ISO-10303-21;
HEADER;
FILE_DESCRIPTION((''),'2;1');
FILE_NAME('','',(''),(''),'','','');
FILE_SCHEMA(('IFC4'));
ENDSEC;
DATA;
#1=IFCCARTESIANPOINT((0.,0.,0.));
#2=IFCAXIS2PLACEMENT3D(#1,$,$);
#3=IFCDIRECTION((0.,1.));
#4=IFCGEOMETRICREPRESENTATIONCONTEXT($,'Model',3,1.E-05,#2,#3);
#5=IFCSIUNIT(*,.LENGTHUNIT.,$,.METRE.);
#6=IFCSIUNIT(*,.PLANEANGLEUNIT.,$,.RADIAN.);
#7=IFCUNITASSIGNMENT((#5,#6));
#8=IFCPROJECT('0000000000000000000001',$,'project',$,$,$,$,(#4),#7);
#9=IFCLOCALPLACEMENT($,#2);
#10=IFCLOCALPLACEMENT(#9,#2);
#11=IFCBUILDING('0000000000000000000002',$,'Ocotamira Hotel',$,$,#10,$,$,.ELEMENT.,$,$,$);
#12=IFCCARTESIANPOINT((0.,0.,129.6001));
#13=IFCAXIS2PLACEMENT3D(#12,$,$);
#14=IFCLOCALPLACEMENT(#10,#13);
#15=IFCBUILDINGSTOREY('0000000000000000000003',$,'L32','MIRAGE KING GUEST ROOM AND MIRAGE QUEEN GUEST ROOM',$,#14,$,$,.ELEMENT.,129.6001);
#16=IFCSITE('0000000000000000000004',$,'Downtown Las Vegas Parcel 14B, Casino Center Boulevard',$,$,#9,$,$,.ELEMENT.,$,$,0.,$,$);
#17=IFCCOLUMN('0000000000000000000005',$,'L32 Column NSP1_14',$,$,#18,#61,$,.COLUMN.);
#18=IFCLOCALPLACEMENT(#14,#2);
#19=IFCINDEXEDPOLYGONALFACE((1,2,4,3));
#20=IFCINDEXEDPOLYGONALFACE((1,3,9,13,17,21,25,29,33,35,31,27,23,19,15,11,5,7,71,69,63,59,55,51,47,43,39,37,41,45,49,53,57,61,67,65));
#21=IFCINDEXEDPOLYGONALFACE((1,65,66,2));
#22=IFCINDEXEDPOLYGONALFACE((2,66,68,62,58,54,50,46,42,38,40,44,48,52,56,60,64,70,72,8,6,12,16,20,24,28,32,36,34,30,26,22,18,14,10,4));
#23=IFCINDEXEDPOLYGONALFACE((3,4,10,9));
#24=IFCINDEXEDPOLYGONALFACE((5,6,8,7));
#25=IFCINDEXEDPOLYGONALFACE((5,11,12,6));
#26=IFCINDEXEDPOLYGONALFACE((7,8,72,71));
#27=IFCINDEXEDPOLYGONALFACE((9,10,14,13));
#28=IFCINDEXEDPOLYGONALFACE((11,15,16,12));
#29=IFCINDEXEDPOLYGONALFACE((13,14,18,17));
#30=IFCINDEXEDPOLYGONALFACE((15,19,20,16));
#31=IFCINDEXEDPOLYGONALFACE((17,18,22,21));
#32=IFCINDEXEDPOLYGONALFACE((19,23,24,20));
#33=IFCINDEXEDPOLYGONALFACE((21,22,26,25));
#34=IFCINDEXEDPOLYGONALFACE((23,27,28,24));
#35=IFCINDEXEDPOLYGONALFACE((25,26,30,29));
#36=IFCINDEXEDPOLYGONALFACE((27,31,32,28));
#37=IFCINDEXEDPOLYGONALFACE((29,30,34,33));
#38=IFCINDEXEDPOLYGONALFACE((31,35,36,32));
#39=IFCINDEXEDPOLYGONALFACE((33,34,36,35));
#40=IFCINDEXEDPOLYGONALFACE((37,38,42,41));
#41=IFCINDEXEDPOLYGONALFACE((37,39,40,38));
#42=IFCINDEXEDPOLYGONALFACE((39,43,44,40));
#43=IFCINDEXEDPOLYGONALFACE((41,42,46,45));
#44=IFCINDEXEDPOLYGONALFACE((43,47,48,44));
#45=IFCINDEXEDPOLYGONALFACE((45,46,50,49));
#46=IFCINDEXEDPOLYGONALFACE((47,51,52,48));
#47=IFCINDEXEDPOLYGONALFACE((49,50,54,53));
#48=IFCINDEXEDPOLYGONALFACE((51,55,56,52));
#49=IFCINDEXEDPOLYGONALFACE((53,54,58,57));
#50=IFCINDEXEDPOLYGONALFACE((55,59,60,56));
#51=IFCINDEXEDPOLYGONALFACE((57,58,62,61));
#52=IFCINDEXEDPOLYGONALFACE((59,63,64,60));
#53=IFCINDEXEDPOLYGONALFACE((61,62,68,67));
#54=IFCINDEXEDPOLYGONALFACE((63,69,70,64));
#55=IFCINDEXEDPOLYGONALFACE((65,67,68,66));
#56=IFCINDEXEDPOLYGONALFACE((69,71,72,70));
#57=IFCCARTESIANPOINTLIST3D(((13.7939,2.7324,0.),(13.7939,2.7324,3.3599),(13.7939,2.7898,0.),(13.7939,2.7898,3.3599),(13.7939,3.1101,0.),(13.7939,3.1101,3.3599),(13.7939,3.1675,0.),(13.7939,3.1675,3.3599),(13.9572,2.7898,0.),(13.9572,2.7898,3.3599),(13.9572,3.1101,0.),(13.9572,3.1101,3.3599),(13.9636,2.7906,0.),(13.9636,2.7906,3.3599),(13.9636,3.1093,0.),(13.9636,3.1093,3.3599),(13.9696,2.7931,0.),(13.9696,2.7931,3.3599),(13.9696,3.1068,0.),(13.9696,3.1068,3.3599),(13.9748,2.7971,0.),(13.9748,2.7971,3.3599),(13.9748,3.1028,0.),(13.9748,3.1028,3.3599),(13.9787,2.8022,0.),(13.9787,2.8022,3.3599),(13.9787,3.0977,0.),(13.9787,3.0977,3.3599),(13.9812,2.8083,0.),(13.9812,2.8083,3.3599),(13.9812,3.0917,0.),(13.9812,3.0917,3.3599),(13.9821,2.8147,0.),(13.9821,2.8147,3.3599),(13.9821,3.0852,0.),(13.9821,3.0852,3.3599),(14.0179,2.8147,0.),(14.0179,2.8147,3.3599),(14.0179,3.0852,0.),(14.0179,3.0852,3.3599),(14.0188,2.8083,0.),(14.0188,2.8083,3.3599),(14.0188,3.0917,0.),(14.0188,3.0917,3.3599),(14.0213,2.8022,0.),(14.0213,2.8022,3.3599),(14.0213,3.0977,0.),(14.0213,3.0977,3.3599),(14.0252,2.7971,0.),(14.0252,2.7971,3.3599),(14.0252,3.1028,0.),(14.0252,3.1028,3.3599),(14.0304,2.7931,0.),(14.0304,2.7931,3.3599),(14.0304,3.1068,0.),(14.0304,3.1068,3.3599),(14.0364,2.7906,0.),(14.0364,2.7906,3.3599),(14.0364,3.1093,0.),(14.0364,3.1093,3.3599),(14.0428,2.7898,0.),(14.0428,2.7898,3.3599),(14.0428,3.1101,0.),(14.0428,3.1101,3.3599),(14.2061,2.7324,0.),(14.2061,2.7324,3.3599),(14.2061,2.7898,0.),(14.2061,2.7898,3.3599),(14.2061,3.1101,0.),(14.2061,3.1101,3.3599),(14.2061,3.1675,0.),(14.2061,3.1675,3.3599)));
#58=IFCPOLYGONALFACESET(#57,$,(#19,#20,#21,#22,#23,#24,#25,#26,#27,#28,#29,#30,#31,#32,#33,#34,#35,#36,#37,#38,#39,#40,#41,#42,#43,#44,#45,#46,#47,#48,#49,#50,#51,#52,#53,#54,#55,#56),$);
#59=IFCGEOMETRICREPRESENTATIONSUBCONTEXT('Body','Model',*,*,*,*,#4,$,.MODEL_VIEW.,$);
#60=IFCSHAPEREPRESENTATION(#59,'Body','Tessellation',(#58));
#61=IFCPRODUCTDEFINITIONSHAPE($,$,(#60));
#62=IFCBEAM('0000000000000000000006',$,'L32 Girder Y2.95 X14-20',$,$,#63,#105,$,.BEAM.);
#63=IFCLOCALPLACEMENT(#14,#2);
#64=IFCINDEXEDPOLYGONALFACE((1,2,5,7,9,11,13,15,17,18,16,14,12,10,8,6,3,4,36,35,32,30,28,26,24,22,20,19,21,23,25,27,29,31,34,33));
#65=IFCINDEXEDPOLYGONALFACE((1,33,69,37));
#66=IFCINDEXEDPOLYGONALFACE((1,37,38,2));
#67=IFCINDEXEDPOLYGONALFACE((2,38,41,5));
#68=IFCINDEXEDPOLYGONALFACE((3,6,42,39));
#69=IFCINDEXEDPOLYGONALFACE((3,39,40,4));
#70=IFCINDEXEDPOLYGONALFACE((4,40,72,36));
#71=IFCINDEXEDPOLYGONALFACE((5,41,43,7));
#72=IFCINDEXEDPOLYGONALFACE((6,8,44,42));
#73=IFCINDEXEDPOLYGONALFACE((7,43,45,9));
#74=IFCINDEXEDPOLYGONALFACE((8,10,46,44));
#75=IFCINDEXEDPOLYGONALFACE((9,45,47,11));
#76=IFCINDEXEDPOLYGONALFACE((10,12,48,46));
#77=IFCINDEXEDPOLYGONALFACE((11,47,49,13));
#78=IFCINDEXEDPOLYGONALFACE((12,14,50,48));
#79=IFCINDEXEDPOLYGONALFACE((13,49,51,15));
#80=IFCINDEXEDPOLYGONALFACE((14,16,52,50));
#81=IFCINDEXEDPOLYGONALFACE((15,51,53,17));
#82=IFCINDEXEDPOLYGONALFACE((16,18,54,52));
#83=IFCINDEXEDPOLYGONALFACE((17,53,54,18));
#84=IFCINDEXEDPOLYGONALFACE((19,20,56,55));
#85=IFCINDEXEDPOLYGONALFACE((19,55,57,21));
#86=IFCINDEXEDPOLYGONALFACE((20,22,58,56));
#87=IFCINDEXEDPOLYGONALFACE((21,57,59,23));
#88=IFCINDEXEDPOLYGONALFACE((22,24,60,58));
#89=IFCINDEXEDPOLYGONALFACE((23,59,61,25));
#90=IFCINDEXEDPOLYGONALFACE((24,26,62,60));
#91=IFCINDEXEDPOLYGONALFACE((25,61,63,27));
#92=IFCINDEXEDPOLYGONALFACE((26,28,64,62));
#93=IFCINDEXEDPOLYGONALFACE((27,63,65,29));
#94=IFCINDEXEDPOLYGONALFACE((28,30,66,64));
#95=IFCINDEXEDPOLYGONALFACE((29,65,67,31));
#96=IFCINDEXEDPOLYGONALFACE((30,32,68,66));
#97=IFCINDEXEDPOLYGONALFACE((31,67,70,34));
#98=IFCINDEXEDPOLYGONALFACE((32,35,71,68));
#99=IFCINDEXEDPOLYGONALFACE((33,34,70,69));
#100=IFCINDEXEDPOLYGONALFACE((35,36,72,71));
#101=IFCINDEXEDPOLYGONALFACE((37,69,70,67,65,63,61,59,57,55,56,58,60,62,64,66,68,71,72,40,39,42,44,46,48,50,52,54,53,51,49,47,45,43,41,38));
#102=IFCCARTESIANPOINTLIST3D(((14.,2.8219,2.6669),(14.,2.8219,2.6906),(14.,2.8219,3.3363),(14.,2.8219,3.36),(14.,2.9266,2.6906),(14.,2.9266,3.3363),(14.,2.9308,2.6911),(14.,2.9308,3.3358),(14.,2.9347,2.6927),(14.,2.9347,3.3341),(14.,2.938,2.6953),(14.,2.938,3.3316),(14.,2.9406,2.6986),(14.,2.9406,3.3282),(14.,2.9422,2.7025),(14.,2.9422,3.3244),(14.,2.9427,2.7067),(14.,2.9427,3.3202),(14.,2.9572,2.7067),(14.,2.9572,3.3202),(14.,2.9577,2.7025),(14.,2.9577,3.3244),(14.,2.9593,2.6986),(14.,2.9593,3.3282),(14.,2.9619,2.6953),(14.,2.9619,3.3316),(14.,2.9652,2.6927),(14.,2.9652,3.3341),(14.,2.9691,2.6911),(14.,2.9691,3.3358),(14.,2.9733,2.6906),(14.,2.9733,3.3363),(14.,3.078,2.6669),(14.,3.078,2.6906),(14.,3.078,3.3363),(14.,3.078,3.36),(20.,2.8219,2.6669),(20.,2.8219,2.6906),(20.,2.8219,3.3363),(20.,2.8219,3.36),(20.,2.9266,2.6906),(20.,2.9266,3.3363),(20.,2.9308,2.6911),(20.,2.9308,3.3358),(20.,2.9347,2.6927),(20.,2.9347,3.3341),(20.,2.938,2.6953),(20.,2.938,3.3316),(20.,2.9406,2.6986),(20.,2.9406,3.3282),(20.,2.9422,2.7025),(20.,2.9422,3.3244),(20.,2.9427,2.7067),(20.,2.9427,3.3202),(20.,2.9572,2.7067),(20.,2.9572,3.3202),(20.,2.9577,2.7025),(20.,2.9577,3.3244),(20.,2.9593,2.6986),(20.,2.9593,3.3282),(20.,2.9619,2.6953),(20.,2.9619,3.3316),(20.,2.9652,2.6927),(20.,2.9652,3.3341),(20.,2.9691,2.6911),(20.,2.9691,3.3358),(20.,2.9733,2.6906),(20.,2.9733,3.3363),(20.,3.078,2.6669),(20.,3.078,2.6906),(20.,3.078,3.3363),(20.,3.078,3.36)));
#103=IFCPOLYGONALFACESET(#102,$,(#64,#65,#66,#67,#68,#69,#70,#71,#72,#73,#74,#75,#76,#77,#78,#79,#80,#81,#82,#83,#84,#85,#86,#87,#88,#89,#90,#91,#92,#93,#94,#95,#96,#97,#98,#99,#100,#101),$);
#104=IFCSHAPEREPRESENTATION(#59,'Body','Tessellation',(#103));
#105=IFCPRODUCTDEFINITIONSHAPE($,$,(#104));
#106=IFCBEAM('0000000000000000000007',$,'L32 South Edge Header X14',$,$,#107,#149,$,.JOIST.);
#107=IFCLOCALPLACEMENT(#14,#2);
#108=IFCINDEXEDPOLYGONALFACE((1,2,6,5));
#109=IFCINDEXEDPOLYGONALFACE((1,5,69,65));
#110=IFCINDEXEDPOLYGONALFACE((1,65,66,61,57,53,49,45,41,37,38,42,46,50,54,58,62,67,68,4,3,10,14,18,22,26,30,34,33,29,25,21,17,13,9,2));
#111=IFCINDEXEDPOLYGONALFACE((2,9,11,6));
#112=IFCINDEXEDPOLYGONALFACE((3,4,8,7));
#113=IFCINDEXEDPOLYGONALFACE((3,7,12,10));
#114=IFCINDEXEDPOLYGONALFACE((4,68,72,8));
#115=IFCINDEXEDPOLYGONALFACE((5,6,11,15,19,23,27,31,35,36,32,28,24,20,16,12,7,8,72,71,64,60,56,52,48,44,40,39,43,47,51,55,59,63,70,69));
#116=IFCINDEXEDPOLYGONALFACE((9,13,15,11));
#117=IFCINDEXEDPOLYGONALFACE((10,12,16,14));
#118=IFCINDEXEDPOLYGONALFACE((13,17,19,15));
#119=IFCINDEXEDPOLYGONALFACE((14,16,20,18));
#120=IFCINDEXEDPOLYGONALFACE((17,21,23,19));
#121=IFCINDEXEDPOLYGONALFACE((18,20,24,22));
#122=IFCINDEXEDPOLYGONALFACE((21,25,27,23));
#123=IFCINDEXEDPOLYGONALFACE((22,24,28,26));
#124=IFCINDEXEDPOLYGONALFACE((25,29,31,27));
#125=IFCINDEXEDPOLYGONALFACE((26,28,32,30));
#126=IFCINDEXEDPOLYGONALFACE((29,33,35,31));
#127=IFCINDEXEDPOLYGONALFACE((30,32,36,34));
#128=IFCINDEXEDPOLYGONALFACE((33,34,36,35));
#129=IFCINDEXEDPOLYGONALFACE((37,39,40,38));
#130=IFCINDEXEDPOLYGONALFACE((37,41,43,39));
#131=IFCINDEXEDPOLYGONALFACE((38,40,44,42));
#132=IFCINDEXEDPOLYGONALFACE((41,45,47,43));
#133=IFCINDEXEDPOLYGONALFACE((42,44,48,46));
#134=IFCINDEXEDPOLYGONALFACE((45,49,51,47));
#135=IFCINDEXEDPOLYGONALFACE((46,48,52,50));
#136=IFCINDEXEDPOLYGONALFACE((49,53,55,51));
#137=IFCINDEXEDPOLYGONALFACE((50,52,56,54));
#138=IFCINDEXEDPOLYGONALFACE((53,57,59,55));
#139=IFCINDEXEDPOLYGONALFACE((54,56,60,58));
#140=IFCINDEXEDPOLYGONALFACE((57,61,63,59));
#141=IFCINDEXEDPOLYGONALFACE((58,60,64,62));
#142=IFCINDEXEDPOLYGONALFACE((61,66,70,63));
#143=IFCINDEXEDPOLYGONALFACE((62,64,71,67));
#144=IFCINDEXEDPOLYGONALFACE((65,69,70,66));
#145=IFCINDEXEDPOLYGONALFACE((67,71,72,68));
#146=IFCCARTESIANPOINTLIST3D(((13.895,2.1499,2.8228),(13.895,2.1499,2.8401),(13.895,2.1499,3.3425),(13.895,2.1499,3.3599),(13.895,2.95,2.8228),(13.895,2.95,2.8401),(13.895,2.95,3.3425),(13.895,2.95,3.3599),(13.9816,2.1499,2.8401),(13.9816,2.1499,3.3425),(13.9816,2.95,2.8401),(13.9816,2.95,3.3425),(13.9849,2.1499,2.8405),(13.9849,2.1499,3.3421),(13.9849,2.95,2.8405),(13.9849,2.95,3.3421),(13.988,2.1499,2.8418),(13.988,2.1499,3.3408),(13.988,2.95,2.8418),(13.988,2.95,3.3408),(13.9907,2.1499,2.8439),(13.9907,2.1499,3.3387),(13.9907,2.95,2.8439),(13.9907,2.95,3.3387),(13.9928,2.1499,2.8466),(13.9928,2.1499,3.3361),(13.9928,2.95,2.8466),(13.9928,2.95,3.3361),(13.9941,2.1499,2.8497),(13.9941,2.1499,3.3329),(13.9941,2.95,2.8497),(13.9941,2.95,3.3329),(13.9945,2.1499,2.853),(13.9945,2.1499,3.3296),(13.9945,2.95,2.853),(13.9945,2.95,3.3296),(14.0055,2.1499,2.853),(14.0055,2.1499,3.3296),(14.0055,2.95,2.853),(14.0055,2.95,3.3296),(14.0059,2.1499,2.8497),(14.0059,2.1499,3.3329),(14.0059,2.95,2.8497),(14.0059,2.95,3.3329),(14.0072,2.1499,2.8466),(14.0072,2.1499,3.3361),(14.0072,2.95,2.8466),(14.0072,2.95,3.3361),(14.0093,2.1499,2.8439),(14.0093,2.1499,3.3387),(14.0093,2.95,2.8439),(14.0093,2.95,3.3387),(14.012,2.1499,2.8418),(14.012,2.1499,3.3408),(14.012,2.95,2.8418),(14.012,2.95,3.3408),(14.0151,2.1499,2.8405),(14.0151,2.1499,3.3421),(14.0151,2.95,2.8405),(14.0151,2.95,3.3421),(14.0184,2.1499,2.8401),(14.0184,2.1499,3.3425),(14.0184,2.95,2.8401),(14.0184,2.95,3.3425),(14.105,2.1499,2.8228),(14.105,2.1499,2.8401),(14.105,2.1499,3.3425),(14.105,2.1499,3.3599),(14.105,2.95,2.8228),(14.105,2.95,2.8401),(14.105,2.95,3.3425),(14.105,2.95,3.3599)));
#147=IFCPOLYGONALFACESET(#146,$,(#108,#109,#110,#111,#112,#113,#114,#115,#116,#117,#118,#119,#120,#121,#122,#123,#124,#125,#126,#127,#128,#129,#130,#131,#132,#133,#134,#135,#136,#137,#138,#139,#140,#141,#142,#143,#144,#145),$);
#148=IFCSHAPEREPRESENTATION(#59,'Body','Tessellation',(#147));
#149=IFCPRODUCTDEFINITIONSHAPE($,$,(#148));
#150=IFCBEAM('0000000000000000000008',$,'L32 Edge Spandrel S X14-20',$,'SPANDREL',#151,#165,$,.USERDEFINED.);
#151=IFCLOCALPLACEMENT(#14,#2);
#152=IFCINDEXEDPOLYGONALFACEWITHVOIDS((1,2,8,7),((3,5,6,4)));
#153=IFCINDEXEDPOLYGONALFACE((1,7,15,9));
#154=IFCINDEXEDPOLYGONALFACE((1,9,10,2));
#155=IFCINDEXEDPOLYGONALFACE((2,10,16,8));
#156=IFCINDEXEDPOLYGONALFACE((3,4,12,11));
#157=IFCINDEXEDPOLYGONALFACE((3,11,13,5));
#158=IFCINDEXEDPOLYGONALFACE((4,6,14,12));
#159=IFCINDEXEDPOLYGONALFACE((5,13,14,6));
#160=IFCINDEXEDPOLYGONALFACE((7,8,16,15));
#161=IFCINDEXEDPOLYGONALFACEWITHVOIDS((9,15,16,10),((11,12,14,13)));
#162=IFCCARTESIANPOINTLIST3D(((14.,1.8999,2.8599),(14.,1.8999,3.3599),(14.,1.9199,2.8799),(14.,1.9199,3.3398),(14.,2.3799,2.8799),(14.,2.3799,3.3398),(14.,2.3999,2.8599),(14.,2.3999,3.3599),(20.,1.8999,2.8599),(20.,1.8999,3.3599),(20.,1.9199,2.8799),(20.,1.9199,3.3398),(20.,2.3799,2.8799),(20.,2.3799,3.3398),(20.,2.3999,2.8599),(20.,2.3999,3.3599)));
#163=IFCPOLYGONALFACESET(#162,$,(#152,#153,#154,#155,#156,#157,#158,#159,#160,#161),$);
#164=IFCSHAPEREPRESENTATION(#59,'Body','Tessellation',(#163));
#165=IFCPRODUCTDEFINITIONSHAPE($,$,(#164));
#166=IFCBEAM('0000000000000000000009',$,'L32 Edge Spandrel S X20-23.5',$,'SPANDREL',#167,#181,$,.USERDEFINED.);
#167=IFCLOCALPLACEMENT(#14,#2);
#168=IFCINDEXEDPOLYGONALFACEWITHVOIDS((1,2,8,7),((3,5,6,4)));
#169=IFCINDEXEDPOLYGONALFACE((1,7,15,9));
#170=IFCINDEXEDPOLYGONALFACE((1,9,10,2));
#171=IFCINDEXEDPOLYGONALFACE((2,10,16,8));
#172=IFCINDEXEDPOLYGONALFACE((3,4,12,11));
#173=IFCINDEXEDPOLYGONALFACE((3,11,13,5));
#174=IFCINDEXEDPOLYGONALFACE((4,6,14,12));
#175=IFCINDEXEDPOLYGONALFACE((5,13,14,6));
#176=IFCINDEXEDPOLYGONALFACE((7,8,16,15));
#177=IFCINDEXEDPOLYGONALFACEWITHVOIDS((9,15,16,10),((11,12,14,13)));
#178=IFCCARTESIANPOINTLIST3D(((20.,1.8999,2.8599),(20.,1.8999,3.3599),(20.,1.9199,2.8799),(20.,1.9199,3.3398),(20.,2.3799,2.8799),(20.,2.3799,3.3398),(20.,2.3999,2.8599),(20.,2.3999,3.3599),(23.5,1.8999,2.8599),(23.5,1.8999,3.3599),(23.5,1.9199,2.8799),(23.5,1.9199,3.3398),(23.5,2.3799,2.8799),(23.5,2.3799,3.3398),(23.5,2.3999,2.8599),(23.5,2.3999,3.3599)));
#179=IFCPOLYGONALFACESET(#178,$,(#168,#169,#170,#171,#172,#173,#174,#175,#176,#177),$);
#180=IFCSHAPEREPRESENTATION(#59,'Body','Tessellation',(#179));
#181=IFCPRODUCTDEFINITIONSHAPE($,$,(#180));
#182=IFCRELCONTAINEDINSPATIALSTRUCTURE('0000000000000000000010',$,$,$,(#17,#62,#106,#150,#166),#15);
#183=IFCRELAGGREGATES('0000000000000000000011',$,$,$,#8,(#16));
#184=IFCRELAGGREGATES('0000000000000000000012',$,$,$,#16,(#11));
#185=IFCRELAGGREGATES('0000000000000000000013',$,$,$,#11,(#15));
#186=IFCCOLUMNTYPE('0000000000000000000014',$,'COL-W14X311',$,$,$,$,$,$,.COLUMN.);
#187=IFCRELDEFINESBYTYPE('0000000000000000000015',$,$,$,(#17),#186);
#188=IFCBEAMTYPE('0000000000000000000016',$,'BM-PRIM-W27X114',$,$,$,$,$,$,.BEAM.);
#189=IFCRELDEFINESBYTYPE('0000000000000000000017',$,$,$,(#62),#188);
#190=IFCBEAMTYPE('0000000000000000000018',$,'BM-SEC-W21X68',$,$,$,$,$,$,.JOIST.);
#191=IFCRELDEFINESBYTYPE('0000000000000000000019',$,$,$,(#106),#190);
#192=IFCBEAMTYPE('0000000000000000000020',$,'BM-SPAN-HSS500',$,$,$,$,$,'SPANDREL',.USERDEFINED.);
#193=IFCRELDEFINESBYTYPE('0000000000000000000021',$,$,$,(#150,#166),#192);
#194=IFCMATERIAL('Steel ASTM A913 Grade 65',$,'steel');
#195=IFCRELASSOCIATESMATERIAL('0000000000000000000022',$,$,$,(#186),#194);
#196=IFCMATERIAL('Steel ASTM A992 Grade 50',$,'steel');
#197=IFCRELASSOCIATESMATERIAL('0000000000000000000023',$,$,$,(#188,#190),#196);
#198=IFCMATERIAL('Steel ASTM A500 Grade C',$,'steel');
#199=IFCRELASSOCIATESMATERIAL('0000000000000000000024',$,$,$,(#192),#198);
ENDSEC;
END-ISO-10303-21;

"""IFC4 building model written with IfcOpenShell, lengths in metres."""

from ifc_helpers import new_model, si_unit, direction, frame, origin, origin_2d, place, context, subcontext, project, spatial, hollow_rectangle, i_section, extrude, source, transform, mapped, material, material_profile, profile_set, type_object, element, save


model = new_model("IFC4")

# Units and contexts
model_context = context("Model", 3, precision=1e-05, world=origin(), true_north=direction((0.0, 1.0)))
body_context = subcontext(model_context, "Body", "Model", "MODEL_VIEW")
ifc_project = project(units=[si_unit("LENGTHUNIT", "METRE"), si_unit("PLANEANGLEUNIT", "RADIAN")], contexts=[model_context])

# Site, building, storey
site_placement = place(None, origin())
site = spatial("IfcSite", under=ifc_project, at=site_placement, Name="Downtown Las Vegas Parcel 14B, Casino Center Boulevard", CompositionType="ELEMENT", RefElevation=0.0)
building_placement = place(site_placement, origin())
building = spatial("IfcBuilding", under=site, at=building_placement, Name="Ocotamira Hotel", CompositionType="ELEMENT")
storey_placement = place(building_placement, frame((0.0, 0.0, 129.6001)))
storey = spatial("IfcBuildingStorey", under=building, at=storey_placement, Name="L32", Description="MIRAGE KING GUEST ROOM AND MIRAGE QUEEN GUEST ROOM", CompositionType="ELEMENT", Elevation=129.6001)

# Column
ifc_material_1 = material(Name="Steel ASTM A913 Grade 65", Category="steel")
ifc_material_profile_1 = material_profile(ifc_material_1, i_section(OverallWidth=0.4121, OverallDepth=0.4351, WebThickness=0.0359, FlangeThickness=0.0574, FilletRadius=0.0249, at=origin_2d()), Name="W14X311")
ifc_profile_set_1 = profile_set([ifc_material_profile_1], Name="Steel ASTM A913 Grade 65")
column_type = type_object("IfcColumnType", Name="COL-W14X311", PredefinedType="COLUMN", material=ifc_profile_set_1)
shared_shape_1 = source(origin(), body_context, "Body", "SweptSolid", [
    extrude(i_section(OverallWidth=0.4121, OverallDepth=0.4351, WebThickness=0.0359, FlangeThickness=0.0574, FilletRadius=0.0249, at=origin_2d()), origin(), (0.0, 0.0, 1.0), 3.3599),
])
column_placement = place(storey_placement, frame((14.0, 2.95, 0.0), z_axis=(0.0, 0.0, 1.0), x_axis=(1.0, 0.0, 0.0)))
element("IfcColumn", 1, at=column_placement, inside=storey, type_object=column_type, Name="L32 Column NSP1_14", PredefinedType="COLUMN", context=body_context, shape_type="MappedRepresentation", body=[
    mapped(shared_shape_1, transform((0.0, 0.0, 0.0), scale=1.0)),
])

# Beams
ifc_material_2 = material(Name="Steel ASTM A992 Grade 50", Category="steel")
ifc_material_profile_2 = material_profile(ifc_material_2, i_section(OverallWidth=0.2561, OverallDepth=0.6931, WebThickness=0.0144, FlangeThickness=0.0237, FilletRadius=0.0161, at=origin_2d()), Name="W27X114")
ifc_profile_set_2 = profile_set([ifc_material_profile_2], Name="Steel ASTM A992 Grade 50")
beam_type_1 = type_object("IfcBeamType", Name="BM-PRIM-W27X114", PredefinedType="BEAM", material=ifc_profile_set_2)
shared_shape_2 = source(origin(), body_context, "Body", "SweptSolid", [
    extrude(i_section(OverallWidth=0.2561, OverallDepth=0.6931, WebThickness=0.0144, FlangeThickness=0.0237, FilletRadius=0.0161, at=origin_2d()), origin(), (0.0, 0.0, 1.0), 6.0),
])
beam_1_placement = place(storey_placement, frame((14.0, 2.95, 3.0134), z_axis=(1.0, 0.0, 0.0), x_axis=(0.0, 1.0, 0.0)))
element("IfcBeam", 2, at=beam_1_placement, inside=storey, type_object=beam_type_1, Name="L32 Girder Y2.95 X14-20", PredefinedType="BEAM", context=body_context, shape_type="MappedRepresentation", body=[
    mapped(shared_shape_2, transform((0.0, 0.0, 0.0), scale=1.0)),
])
ifc_material_profile_3 = material_profile(ifc_material_2, i_section(OverallWidth=0.21, OverallDepth=0.5371, WebThickness=0.011, FlangeThickness=0.0173, FilletRadius=0.0129, at=origin_2d()), Name="W21X68")
ifc_profile_set_3 = profile_set([ifc_material_profile_3], Name="Steel ASTM A992 Grade 50")
beam_type_2 = type_object("IfcBeamType", Name="BM-SEC-W21X68", PredefinedType="JOIST", material=ifc_profile_set_3)
shared_shape_3 = source(origin(), body_context, "Body", "SweptSolid", [
    extrude(i_section(OverallWidth=0.21, OverallDepth=0.5371, WebThickness=0.011, FlangeThickness=0.0173, FilletRadius=0.0129, at=origin_2d()), origin(), (0.0, 0.0, 1.0), 0.8),
])
beam_2_placement = place(storey_placement, frame((14.0, 2.95, 3.0913), z_axis=(0.0, -1.0, 0.0), x_axis=(1.0, 0.0, 0.0)))
element("IfcBeam", 3, at=beam_2_placement, inside=storey, type_object=beam_type_2, Name="L32 South Edge Header X14", PredefinedType="JOIST", context=body_context, shape_type="MappedRepresentation", body=[
    mapped(shared_shape_3, transform((0.0, 0.0, 0.0), scale=1.0)),
])
ifc_material_3 = material(Name="Steel ASTM A500 Grade C", Category="steel")
ifc_material_profile_4 = material_profile(ifc_material_3, hollow_rectangle(XDim=0.5, YDim=0.5, WallThickness=0.02, at=origin_2d()), Name="HSS500X500X20")
ifc_profile_set_4 = profile_set([ifc_material_profile_4], Name="Steel ASTM A500 Grade C")
beam_type_3 = type_object("IfcBeamType", Name="BM-SPAN-HSS500", ElementType="SPANDREL", PredefinedType="USERDEFINED", material=ifc_profile_set_4)
shared_shape_4 = source(origin(), body_context, "Body", "SweptSolid", [
    extrude(hollow_rectangle(XDim=0.5, YDim=0.5, WallThickness=0.02, at=origin_2d()), origin(), (0.0, 0.0, 1.0), 6.0),
])
beam_3_placement = place(storey_placement, frame((14.0, 2.1499, 3.1099), z_axis=(1.0, 0.0, 0.0), x_axis=(0.0, 1.0, 0.0)))
element("IfcBeam", 4, at=beam_3_placement, inside=storey, type_object=beam_type_3, Name="L32 Edge Spandrel S X14-20", ObjectType="SPANDREL", PredefinedType="USERDEFINED", context=body_context, shape_type="MappedRepresentation", body=[
    mapped(shared_shape_4, transform((0.0, 0.0, 0.0), scale=1.0)),
])
shared_shape_5 = source(origin(), body_context, "Body", "SweptSolid", [
    extrude(hollow_rectangle(XDim=0.5, YDim=0.5, WallThickness=0.02, at=origin_2d()), origin(), (0.0, 0.0, 1.0), 3.5),
])
beam_4_placement = place(storey_placement, frame((20.0, 2.1499, 3.1099), z_axis=(1.0, 0.0, 0.0), x_axis=(0.0, 1.0, 0.0)))
element("IfcBeam", 5, at=beam_4_placement, inside=storey, type_object=beam_type_3, Name="L32 Edge Spandrel S X20-23.5", ObjectType="SPANDREL", PredefinedType="USERDEFINED", context=body_context, shape_type="MappedRepresentation", body=[
    mapped(shared_shape_5, transform((0.0, 0.0, 0.0), scale=1.0)),
])

save(model, "model.ifc")
